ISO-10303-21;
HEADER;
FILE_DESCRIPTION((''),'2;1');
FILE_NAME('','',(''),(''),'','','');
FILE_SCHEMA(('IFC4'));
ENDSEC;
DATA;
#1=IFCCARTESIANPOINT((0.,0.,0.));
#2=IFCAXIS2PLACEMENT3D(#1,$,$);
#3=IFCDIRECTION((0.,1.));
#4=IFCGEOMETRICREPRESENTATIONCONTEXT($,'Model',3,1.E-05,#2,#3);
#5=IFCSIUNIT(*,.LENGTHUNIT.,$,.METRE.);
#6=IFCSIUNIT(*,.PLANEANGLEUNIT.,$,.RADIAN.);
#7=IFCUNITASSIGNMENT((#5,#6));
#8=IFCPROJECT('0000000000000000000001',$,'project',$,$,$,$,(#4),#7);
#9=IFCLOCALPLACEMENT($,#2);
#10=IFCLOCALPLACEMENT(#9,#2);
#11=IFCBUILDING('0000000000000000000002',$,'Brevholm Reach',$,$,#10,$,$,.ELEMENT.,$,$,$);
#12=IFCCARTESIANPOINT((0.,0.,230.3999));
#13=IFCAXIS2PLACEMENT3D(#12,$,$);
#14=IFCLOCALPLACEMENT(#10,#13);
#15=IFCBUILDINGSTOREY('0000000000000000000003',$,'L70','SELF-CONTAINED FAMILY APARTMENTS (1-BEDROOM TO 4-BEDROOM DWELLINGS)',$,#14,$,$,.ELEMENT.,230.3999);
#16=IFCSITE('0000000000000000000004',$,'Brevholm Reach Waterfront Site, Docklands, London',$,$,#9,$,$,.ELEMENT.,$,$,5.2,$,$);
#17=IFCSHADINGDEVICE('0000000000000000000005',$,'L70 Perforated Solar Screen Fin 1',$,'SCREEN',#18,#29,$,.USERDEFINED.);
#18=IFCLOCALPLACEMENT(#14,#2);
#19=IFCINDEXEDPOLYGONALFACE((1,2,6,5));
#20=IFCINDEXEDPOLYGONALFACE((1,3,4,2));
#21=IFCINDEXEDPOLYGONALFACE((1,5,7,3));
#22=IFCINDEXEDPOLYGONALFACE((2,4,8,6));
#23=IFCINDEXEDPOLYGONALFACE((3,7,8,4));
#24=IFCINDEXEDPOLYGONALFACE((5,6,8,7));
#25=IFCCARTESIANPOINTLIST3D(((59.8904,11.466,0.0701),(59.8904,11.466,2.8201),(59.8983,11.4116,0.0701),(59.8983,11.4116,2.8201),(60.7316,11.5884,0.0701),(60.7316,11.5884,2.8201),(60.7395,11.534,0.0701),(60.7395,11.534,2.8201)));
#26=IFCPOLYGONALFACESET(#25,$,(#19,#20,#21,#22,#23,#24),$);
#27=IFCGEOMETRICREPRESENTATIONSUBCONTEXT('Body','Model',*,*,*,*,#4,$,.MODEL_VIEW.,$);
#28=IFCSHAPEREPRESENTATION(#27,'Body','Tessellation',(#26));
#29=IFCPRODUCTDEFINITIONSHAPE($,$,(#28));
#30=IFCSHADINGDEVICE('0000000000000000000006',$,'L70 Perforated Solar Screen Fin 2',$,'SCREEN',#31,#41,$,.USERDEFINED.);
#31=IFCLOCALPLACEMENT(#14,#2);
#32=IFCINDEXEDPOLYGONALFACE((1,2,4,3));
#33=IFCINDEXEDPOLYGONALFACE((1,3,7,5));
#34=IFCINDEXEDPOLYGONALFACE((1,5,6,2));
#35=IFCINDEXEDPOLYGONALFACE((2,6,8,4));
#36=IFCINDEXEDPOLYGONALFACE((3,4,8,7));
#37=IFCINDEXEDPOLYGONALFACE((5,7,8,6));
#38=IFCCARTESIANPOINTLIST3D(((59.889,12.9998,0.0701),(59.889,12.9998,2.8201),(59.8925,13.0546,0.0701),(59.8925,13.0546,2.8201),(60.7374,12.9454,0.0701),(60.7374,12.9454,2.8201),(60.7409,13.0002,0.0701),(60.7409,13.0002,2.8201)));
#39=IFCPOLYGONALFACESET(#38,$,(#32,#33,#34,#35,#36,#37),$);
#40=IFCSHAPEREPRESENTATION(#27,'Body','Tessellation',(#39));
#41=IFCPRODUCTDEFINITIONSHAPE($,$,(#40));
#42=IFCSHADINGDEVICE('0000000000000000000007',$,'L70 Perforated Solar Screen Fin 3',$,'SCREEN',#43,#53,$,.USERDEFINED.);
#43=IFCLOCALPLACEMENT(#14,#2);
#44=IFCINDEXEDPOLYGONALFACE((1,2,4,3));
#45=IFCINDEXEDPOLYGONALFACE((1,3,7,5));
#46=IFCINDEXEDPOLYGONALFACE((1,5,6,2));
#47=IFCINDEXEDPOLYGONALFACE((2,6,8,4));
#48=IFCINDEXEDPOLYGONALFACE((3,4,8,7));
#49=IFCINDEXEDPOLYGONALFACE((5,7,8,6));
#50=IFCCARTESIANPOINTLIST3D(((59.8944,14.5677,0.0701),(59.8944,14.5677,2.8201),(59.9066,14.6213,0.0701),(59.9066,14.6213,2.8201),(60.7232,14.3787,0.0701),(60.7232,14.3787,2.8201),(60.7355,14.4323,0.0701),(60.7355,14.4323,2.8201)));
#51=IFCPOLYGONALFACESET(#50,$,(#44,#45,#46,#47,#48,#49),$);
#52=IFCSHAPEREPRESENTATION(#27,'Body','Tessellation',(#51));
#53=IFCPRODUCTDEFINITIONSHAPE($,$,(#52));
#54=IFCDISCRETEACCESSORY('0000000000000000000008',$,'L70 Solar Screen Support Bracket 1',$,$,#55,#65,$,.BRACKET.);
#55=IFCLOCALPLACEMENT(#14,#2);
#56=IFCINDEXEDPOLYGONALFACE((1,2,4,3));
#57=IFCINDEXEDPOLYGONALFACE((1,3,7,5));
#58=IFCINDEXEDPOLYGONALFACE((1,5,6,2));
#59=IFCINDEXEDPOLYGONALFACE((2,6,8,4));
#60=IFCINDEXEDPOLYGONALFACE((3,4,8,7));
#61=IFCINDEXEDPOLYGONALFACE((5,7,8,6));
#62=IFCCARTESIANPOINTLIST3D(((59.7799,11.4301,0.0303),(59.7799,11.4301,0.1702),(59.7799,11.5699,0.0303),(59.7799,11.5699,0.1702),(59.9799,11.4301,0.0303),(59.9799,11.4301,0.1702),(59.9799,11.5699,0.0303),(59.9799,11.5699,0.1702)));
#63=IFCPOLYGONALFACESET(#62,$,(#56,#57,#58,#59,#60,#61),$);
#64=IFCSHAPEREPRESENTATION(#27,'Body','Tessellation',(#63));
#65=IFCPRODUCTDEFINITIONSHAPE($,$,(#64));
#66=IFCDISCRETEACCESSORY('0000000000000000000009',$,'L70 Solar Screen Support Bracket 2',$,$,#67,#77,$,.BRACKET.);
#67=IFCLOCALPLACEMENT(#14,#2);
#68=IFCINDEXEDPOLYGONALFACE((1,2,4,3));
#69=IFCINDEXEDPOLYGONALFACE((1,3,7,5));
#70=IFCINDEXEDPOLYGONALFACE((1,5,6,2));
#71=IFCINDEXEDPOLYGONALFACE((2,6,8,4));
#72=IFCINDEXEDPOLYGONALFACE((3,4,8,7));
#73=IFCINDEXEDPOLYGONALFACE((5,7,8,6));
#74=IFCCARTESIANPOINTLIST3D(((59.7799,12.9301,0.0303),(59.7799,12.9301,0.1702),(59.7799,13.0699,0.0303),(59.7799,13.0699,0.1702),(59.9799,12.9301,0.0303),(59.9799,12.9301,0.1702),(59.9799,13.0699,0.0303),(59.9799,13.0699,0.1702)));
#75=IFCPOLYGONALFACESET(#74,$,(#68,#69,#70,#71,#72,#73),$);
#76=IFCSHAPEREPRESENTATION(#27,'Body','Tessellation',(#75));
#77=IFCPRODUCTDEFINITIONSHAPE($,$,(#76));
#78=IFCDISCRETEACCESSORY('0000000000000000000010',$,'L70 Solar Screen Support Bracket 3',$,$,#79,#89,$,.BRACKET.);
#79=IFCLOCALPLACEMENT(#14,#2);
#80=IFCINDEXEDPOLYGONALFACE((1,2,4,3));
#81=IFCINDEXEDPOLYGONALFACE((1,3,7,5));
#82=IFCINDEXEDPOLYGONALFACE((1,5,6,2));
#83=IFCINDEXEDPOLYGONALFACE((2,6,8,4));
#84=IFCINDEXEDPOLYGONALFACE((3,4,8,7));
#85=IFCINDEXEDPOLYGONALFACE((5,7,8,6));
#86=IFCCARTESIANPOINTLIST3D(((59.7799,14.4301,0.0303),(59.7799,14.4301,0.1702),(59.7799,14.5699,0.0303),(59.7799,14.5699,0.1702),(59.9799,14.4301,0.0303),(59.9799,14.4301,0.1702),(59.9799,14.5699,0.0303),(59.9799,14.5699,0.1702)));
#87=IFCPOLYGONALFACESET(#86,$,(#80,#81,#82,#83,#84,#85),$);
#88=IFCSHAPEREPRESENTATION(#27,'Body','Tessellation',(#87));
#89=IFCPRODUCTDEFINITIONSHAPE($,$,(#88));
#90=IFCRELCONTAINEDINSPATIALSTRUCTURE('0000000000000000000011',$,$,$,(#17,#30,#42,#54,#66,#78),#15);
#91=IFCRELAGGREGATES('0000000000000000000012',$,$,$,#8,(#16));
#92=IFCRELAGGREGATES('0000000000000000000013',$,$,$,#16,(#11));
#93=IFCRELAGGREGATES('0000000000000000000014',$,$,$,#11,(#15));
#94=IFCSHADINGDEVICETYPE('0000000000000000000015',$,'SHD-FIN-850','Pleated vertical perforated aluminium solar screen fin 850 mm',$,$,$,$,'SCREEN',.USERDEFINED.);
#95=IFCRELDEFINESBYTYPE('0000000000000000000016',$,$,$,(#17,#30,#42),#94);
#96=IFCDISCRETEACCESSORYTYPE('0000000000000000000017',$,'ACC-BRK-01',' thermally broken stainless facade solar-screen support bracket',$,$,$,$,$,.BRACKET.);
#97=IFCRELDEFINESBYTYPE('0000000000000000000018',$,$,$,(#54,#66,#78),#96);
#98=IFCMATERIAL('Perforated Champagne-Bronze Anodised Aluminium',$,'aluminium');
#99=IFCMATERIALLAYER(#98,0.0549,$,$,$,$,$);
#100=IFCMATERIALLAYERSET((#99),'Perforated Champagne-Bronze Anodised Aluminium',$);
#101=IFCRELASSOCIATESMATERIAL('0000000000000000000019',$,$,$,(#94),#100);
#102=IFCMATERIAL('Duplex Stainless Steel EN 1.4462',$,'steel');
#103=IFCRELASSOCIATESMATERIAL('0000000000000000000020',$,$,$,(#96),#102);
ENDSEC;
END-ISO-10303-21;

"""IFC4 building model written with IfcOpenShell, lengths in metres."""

from ifc_helpers import new_model, si_unit, direction, frame, origin, origin_2d, place, context, subcontext, project, spatial, rectangle, extrude, material, layer, layer_set, type_object, element, save


model = new_model("IFC4")

# Units and contexts
model_context = context("Model", 3, precision=1e-05, world=origin(), true_north=direction((0.0, 1.0)))
body_context = subcontext(model_context, "Body", "Model", "MODEL_VIEW")
ifc_project = project(units=[si_unit("LENGTHUNIT", "METRE"), si_unit("PLANEANGLEUNIT", "RADIAN")], contexts=[model_context])

# Site, building, storey
site_placement = place(None, origin())
site = spatial("IfcSite", under=ifc_project, at=site_placement, Name="Brevholm Reach Waterfront Site, Docklands, London", CompositionType="ELEMENT", RefElevation=5.2)
building_placement = place(site_placement, origin())
building = spatial("IfcBuilding", under=site, at=building_placement, Name="Brevholm Reach", CompositionType="ELEMENT")
storey_placement = place(building_placement, frame((0.0, 0.0, 230.3999)))
storey = spatial("IfcBuildingStorey", under=building, at=storey_placement, Name="L70", Description="SELF-CONTAINED FAMILY APARTMENTS (1-BEDROOM TO 4-BEDROOM DWELLINGS)", CompositionType="ELEMENT", Elevation=230.3999)

# Shading devices
ifc_material_1 = material(Name="Perforated Champagne-Bronze Anodised Aluminium", Category="aluminium")
ifc_layer_1 = layer(ifc_material_1, 0.0549)
ifc_layer_set_1 = layer_set([ifc_layer_1], Name="Perforated Champagne-Bronze Anodised Aluminium")
shading_device_type = type_object("IfcShadingDeviceType", Name="SHD-FIN-850", Description="Pleated vertical perforated aluminium solar screen fin 850 mm", ElementType="SCREEN", PredefinedType="USERDEFINED", material=ifc_layer_set_1)
for number, where, z_axis, x_axis, name in (
    (1, (60.3149, 11.5, 0.0701), (0.0, 0.0, 1.0), (0.989579, 0.143994, 0.0), "L70 Perforated Solar Screen Fin 1"),
    (2, (60.3149, 13.0, 0.0701), (0.0, 0.0, 1.0), (0.997955, -0.063923, 0.0), "L70 Perforated Solar Screen Fin 2"),
    (3, (60.3149, 14.5, 0.0701), (0.0, 0.0, 1.0), (0.97496, -0.222382, 0.0), "L70 Perforated Solar Screen Fin 3"),
):
    element("IfcShadingDevice", number, at=place(storey_placement, frame(where, z_axis=z_axis, x_axis=x_axis)), inside=storey, type_object=shading_device_type, Name=name, ObjectType="SCREEN", PredefinedType="USERDEFINED", context=body_context, shape_type="SweptSolid", body=[
        extrude(rectangle(XDim=0.8501, YDim=0.0549, at=origin_2d()), origin(), (0.0, 0.0, 1.0), 2.75),
    ])

# Discrete accessories
ifc_material_2 = material(Name="Duplex Stainless Steel EN 1.4462", Category="steel")
discrete_accessory_type = type_object("IfcDiscreteAccessoryType", Name="ACC-BRK-01", Description=" thermally broken stainless facade solar-screen support bracket", PredefinedType="BRACKET", material=ifc_material_2)
for number, where, z_axis, x_axis, name in (
    (4, (59.8799, 11.5, 0.0303), (0.0, 0.0, 1.0), (1.0, 0.0, 0.0), "L70 Solar Screen Support Bracket 1"),
    (5, (59.8799, 13.0, 0.0303), (0.0, 0.0, 1.0), (1.0, 0.0, 0.0), "L70 Solar Screen Support Bracket 2"),
    (6, (59.8799, 14.5, 0.0303), (0.0, 0.0, 1.0), (1.0, 0.0, 0.0), "L70 Solar Screen Support Bracket 3"),
):
    element("IfcDiscreteAccessory", number, at=place(storey_placement, frame(where, z_axis=z_axis, x_axis=x_axis)), inside=storey, type_object=discrete_accessory_type, Name=name, PredefinedType="BRACKET", context=body_context, shape_type="SweptSolid", body=[
        extrude(rectangle(XDim=0.2, YDim=0.1399, at=origin_2d()), origin(), (0.0, 0.0, 1.0), 0.1399),
    ])

save(model, "model.ifc")
